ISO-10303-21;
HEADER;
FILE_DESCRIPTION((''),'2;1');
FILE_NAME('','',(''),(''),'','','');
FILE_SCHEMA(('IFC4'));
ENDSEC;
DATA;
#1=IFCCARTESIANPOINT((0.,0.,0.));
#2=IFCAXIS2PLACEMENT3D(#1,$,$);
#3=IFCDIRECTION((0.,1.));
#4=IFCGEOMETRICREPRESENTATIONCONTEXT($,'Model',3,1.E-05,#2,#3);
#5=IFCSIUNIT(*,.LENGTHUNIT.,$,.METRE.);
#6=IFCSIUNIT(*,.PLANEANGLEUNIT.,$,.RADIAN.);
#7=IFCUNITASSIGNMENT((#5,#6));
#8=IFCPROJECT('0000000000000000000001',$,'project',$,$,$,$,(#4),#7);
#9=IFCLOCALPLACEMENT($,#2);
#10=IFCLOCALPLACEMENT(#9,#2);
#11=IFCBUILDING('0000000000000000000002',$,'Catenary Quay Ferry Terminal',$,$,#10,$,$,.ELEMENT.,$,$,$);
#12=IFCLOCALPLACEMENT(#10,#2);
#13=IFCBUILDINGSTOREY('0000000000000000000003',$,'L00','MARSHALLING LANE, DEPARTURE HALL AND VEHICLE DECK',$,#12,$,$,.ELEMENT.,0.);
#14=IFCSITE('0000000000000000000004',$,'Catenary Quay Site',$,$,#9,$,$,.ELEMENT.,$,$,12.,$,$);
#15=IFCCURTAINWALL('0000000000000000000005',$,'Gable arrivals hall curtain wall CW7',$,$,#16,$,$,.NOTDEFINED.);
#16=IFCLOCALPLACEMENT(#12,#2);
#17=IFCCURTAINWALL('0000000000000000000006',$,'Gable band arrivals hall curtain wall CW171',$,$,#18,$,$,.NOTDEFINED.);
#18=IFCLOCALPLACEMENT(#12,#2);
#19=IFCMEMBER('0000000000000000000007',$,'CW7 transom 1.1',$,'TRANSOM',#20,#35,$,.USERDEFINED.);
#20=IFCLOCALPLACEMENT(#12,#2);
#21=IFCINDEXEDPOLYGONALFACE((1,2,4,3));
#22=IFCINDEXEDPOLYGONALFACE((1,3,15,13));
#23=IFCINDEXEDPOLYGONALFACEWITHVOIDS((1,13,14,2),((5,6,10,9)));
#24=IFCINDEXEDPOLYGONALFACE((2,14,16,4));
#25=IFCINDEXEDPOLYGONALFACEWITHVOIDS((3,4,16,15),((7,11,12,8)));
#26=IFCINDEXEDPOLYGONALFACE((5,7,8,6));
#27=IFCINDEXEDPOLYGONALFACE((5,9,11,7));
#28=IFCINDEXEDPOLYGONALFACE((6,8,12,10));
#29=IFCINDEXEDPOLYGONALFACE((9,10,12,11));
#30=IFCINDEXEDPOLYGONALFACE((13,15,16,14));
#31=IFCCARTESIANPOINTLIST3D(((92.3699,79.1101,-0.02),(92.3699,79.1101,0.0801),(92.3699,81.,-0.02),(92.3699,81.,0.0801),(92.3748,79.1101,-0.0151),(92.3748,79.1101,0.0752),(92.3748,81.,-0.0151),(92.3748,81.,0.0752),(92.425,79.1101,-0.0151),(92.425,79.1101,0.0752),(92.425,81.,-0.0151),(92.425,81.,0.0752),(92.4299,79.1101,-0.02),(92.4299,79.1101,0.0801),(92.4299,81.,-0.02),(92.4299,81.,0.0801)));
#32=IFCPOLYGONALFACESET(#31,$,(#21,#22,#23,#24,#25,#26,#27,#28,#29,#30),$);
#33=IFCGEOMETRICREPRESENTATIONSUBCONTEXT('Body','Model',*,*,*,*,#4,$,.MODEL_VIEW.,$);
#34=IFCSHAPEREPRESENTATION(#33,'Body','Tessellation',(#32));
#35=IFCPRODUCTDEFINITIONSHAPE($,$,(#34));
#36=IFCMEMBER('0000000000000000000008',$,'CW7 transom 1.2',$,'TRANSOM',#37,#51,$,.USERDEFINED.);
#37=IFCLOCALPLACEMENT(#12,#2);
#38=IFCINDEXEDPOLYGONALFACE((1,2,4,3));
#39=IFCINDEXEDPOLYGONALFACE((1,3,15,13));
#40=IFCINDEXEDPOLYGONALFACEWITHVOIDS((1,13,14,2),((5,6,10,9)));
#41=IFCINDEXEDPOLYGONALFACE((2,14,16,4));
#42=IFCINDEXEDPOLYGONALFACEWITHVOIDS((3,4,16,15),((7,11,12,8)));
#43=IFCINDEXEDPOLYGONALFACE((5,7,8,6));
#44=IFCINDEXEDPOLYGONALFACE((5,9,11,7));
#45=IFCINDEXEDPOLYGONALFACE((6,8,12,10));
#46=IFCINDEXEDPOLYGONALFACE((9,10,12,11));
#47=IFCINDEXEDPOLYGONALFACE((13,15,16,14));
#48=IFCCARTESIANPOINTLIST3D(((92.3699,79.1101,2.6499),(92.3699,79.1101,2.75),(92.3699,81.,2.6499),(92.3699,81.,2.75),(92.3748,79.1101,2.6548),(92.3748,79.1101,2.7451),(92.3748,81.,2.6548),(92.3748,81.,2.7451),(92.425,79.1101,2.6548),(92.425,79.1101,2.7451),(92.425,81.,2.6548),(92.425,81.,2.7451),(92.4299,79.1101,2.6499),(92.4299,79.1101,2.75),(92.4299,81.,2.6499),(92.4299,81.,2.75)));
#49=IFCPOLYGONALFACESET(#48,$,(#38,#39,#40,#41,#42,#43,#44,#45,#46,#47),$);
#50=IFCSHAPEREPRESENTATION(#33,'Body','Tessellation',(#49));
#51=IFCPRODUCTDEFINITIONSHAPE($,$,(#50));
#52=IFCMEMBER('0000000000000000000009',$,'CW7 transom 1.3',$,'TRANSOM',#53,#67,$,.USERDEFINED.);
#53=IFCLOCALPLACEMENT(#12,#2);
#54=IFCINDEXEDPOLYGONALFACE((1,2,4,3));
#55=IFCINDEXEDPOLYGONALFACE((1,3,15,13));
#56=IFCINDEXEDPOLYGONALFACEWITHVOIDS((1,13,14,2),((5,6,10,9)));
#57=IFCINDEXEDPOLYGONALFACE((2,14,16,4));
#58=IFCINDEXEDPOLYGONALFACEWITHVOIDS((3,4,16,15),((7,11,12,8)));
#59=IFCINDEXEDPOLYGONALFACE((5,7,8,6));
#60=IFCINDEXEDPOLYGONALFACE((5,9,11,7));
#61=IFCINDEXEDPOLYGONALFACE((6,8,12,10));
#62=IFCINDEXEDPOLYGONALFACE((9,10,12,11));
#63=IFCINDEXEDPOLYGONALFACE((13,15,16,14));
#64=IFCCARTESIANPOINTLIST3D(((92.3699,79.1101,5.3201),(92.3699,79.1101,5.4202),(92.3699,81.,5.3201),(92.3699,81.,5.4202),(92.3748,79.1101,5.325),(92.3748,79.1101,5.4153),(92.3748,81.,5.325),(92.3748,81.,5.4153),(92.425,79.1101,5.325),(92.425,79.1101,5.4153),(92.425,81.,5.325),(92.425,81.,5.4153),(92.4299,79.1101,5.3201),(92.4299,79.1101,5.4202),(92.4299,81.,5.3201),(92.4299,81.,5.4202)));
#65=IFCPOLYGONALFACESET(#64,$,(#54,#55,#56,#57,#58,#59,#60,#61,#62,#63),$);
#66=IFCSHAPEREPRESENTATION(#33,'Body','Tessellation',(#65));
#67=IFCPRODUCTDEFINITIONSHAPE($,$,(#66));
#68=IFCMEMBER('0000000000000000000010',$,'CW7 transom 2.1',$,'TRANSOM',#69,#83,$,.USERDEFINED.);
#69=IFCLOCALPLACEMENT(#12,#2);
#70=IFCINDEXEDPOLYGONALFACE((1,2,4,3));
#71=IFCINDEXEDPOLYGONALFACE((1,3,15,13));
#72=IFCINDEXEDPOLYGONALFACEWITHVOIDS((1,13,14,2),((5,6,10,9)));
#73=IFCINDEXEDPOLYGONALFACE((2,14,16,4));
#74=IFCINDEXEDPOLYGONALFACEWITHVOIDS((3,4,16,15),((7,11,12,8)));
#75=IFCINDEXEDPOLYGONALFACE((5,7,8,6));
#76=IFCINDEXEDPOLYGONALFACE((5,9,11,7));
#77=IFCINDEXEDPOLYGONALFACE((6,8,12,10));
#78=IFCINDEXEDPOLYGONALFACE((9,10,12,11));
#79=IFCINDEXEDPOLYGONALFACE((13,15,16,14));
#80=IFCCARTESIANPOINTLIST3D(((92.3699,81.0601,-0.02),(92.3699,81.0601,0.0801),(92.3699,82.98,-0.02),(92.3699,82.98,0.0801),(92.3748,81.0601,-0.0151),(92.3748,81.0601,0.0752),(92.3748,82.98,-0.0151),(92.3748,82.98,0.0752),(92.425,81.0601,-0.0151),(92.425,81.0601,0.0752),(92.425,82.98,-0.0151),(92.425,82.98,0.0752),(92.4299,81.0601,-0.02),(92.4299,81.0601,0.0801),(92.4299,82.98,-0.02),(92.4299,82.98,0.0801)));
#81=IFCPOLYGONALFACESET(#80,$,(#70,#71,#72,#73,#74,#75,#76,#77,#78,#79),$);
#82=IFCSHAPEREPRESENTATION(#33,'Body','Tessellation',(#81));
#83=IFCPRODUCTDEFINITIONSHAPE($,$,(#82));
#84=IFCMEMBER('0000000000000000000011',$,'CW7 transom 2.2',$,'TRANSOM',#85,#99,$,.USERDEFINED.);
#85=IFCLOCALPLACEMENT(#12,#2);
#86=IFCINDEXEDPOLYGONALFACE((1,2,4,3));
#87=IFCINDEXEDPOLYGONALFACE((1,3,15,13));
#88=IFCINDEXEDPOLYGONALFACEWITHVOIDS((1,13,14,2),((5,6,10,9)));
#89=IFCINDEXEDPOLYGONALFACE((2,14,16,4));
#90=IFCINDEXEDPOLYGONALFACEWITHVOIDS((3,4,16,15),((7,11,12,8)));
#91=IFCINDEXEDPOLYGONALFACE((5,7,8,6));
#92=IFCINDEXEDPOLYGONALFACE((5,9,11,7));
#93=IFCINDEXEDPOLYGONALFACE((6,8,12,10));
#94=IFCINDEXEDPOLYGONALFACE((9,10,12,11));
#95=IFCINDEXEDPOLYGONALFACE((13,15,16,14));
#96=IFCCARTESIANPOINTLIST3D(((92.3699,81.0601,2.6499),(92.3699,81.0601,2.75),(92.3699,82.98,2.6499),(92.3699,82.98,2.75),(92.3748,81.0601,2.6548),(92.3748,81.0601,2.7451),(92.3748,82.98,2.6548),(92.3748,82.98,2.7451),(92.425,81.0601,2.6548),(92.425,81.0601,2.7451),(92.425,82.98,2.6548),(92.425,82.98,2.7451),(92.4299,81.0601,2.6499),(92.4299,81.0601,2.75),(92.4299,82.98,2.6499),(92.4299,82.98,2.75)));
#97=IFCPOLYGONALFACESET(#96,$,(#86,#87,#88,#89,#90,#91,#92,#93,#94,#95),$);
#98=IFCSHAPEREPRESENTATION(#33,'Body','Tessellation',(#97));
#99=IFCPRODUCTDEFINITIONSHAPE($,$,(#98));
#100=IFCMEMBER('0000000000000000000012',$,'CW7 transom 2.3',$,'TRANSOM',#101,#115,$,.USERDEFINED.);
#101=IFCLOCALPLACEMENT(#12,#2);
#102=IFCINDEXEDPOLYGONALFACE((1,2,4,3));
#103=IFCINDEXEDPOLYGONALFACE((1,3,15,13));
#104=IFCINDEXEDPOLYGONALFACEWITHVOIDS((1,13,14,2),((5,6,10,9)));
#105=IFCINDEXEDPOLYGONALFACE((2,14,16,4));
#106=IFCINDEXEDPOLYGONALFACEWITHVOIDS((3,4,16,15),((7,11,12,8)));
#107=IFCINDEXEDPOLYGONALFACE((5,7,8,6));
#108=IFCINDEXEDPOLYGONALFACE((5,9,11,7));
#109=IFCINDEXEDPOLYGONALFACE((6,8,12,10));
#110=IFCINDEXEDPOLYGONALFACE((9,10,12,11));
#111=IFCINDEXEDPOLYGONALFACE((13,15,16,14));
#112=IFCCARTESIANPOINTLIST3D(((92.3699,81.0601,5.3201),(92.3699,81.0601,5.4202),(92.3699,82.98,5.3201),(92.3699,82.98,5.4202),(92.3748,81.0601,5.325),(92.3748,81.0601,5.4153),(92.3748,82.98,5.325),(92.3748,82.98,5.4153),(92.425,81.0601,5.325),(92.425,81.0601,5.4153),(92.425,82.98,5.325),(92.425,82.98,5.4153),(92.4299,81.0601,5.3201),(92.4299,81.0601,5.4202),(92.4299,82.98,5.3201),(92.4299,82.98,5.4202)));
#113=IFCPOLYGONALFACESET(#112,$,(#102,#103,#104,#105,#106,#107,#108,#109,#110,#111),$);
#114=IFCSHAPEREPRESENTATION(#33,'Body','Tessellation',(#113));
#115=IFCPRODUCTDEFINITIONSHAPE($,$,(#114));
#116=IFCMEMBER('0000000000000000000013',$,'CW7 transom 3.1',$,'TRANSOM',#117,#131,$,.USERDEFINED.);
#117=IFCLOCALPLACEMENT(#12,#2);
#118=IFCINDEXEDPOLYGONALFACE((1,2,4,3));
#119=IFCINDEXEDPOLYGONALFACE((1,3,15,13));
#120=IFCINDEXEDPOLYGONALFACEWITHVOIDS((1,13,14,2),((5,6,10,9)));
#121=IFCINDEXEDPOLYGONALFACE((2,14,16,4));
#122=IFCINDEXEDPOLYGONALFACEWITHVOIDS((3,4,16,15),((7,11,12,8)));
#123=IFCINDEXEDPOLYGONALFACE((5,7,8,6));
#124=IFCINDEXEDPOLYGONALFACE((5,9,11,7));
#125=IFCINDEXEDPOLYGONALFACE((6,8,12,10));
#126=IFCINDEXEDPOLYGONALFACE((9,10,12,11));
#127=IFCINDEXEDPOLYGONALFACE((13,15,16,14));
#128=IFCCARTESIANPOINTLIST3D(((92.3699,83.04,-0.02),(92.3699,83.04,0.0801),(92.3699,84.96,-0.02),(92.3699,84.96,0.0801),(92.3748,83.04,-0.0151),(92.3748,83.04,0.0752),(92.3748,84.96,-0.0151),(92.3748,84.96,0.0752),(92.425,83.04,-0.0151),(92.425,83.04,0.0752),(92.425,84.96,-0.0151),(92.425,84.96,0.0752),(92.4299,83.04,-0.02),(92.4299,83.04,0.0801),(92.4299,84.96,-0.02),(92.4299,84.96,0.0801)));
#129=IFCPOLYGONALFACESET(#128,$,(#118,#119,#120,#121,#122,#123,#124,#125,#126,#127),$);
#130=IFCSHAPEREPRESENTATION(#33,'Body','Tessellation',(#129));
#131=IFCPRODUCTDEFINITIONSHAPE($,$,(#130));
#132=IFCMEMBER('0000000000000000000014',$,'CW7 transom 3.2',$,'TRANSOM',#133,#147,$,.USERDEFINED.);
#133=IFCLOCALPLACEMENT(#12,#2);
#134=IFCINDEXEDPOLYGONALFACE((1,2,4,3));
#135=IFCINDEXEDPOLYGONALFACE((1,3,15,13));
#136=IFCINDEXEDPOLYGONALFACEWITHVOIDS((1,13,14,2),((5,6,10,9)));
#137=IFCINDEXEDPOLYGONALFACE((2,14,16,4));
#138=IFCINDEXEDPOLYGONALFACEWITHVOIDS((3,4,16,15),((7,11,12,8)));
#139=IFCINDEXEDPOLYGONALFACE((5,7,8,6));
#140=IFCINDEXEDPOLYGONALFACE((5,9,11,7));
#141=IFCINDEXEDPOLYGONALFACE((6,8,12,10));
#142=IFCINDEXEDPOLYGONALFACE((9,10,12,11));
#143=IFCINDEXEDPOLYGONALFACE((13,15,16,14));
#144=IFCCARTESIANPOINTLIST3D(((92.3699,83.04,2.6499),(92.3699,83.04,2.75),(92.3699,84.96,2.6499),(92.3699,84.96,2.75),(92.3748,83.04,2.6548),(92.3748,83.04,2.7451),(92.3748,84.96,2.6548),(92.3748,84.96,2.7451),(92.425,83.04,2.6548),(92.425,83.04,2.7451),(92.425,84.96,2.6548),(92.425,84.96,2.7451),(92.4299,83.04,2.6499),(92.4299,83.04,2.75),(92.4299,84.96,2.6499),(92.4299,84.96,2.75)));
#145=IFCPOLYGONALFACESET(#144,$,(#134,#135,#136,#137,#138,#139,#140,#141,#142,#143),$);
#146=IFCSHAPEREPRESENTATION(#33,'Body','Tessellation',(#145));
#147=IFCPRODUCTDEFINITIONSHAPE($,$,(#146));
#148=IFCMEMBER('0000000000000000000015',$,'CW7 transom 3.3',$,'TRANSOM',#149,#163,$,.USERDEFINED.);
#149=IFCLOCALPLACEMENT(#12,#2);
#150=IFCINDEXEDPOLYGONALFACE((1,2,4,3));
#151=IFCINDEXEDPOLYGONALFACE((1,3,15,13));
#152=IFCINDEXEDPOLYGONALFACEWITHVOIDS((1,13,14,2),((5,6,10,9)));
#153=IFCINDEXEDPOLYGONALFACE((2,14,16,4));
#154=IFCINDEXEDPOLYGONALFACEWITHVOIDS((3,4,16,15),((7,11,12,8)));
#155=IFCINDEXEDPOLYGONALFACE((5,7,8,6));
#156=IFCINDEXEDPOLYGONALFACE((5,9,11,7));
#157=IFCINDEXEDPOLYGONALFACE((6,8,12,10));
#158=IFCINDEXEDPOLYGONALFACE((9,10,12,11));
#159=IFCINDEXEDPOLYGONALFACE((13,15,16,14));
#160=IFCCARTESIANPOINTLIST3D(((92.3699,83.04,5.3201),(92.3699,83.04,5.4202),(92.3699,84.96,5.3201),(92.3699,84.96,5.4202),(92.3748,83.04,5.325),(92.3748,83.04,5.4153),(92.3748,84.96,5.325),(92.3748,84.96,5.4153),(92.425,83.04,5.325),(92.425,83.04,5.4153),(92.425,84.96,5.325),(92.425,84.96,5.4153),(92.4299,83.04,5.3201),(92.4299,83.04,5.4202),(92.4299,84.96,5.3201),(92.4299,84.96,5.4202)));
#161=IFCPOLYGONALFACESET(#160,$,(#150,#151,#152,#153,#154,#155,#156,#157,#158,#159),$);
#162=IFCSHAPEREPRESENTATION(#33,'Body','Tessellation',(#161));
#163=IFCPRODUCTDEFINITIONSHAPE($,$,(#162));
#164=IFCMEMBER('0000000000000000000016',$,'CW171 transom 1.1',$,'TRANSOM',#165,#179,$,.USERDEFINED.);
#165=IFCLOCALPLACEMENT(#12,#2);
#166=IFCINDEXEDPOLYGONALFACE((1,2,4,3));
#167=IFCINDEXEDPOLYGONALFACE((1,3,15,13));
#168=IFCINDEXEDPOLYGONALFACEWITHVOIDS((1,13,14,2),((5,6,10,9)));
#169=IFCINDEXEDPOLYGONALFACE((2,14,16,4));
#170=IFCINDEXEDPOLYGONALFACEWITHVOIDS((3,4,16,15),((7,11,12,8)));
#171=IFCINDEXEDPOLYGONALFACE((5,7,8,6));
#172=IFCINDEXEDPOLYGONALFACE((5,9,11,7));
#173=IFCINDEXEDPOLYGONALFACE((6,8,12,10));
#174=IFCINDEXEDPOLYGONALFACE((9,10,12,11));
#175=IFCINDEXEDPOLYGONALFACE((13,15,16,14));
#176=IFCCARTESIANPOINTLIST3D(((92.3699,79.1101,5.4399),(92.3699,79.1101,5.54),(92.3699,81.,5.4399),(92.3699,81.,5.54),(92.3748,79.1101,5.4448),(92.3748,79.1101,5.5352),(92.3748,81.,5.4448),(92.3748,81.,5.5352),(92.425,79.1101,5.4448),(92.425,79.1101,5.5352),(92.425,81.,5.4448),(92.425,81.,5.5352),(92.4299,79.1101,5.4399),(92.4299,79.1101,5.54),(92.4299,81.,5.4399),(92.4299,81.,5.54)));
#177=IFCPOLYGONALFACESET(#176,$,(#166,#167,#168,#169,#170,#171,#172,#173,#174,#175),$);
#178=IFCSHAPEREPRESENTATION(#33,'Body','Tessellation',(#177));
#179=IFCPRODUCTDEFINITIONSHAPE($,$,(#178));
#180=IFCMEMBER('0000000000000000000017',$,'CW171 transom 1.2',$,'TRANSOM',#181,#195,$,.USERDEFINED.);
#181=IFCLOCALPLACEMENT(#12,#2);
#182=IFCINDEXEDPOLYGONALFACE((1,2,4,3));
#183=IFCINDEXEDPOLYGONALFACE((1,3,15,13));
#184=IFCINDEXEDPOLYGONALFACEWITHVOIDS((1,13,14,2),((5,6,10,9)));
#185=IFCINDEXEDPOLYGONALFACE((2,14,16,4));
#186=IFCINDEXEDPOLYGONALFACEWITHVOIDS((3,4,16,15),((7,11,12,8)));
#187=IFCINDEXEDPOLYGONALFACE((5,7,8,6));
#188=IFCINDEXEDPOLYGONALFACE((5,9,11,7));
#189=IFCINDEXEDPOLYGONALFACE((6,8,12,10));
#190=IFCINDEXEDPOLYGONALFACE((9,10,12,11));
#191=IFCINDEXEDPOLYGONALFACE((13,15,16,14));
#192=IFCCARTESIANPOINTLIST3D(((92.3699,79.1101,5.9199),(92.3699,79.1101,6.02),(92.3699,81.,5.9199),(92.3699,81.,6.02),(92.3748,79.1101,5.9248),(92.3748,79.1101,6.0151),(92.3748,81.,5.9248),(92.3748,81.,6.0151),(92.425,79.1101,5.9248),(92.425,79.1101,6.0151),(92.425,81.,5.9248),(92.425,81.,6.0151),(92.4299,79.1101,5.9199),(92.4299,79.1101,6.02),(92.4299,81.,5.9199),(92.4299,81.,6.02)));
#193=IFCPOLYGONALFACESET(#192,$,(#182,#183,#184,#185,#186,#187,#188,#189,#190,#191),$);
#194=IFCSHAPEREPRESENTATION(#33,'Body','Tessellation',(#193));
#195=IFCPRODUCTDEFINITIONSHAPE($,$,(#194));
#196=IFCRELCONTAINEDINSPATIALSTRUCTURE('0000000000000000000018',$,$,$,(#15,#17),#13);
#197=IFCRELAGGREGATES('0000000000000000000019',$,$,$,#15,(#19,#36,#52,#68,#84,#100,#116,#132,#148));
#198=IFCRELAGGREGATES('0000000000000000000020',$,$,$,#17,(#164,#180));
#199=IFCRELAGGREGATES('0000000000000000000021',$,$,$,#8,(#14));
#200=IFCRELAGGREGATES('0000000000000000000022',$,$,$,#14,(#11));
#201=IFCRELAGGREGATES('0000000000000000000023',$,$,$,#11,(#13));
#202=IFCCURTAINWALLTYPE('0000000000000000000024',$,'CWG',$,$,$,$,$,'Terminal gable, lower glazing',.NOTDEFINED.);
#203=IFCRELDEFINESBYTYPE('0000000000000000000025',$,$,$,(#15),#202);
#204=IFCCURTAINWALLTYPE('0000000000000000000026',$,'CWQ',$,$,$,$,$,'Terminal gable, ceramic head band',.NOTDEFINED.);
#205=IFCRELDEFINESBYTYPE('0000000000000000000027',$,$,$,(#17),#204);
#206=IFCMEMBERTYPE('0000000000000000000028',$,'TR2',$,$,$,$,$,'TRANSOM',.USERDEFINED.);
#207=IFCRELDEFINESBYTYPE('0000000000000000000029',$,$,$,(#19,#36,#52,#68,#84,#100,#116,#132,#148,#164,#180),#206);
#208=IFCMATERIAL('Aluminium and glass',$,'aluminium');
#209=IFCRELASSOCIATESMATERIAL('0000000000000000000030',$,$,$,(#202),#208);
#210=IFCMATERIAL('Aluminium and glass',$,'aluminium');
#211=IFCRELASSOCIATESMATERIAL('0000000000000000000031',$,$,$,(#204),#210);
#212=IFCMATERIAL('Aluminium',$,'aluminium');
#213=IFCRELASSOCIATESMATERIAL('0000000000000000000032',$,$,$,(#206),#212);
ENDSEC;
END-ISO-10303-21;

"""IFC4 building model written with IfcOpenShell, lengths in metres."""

from ifc_helpers import new_model, si_unit, direction, frame, origin, origin_2d, place, context, subcontext, project, spatial, hollow_rectangle, extrude, material, material_profile, profile_set, type_object, element, aggregate, save


model = new_model("IFC4")

# Units and contexts
model_context = context("Model", 3, precision=1e-05, world=origin(), true_north=direction((0.0, 1.0)))
body_context = subcontext(model_context, "Body", "Model", "MODEL_VIEW")
ifc_project = project(units=[si_unit("LENGTHUNIT", "METRE"), si_unit("PLANEANGLEUNIT", "RADIAN")], contexts=[model_context])

# Site, building, storey
site_placement = place(None, origin())
site = spatial("IfcSite", under=ifc_project, at=site_placement, Name="Catenary Quay Site", CompositionType="ELEMENT", RefElevation=12.0)
building_placement = place(site_placement, origin())
building = spatial("IfcBuilding", under=site, at=building_placement, Name="Catenary Quay Ferry Terminal", CompositionType="ELEMENT")
storey_placement = place(building_placement, origin())
storey = spatial("IfcBuildingStorey", under=building, at=storey_placement, Name="L00", Description="MARSHALLING LANE, DEPARTURE HALL AND VEHICLE DECK", CompositionType="ELEMENT", Elevation=0.0)

# Curtain walls
ifc_material_1 = material(Name="Aluminium and glass", Category="aluminium")
curtain_wall_type_1 = type_object("IfcCurtainWallType", Name="CWG", ElementType="Terminal gable, lower glazing", PredefinedType="NOTDEFINED", material=ifc_material_1)
curtain_wall_1_placement = place(storey_placement, origin())
curtain_wall_1 = element("IfcCurtainWall", 1, at=curtain_wall_1_placement, inside=storey, type_object=curtain_wall_type_1, Name="Gable arrivals hall curtain wall CW7", PredefinedType="NOTDEFINED")
ifc_material_2 = material(Name="Aluminium and glass", Category="aluminium")
curtain_wall_type_2 = type_object("IfcCurtainWallType", Name="CWQ", ElementType="Terminal gable, ceramic head band", PredefinedType="NOTDEFINED", material=ifc_material_2)
curtain_wall_2_placement = place(storey_placement, origin())
curtain_wall_2 = element("IfcCurtainWall", 2, at=curtain_wall_2_placement, inside=storey, type_object=curtain_wall_type_2, Name="Gable band arrivals hall curtain wall CW171", PredefinedType="NOTDEFINED")

# Members
ifc_material_3 = material(Name="Aluminium", Category="aluminium")
ifc_material_profile_1 = material_profile(ifc_material_3, hollow_rectangle(XDim=0.0601, YDim=0.1001, WallThickness=0.0049, at=origin_2d()), Name="TR2")
ifc_profile_set_1 = profile_set([ifc_material_profile_1], Name="Aluminium")
member_type_1 = type_object("IfcMemberType", Name="TR2", ElementType="TRANSOM", PredefinedType="USERDEFINED", material=ifc_profile_set_1)
member_1_placement = place(storey_placement, frame((92.3999, 79.1101, 0.03), z_axis=(0.0, 1.0, 0.0), x_axis=(-1.0, 0.0, 0.0)))
member_1 = element("IfcMember", 3, at=member_1_placement, type_object=member_type_1, Name="CW7 transom 1.1", ObjectType="TRANSOM", PredefinedType="USERDEFINED", context=body_context, shape_type="SweptSolid", body=[
    extrude(hollow_rectangle(XDim=0.0601, YDim=0.1001, WallThickness=0.0049, at=origin_2d()), origin(), (0.0, 0.0, 1.0), 1.8899),
])
member_2_placement = place(storey_placement, frame((92.3999, 79.1101, 2.7), z_axis=(0.0, 1.0, 0.0), x_axis=(-1.0, 0.0, 0.0)))
member_2 = element("IfcMember", 4, at=member_2_placement, type_object=member_type_1, Name="CW7 transom 1.2", ObjectType="TRANSOM", PredefinedType="USERDEFINED", context=body_context, shape_type="SweptSolid", body=[
    extrude(hollow_rectangle(XDim=0.0601, YDim=0.1001, WallThickness=0.0049, at=origin_2d()), origin(), (0.0, 0.0, 1.0), 1.8899),
])
member_3_placement = place(storey_placement, frame((92.3999, 79.1101, 5.3701), z_axis=(0.0, 1.0, 0.0), x_axis=(-1.0, 0.0, 0.0)))
member_3 = element("IfcMember", 5, at=member_3_placement, type_object=member_type_1, Name="CW7 transom 1.3", ObjectType="TRANSOM", PredefinedType="USERDEFINED", context=body_context, shape_type="SweptSolid", body=[
    extrude(hollow_rectangle(XDim=0.0601, YDim=0.1001, WallThickness=0.0049, at=origin_2d()), origin(), (0.0, 0.0, 1.0), 1.8899),
])
member_4_placement = place(storey_placement, frame((92.3999, 81.0601, 0.03), z_axis=(0.0, 1.0, 0.0), x_axis=(-1.0, 0.0, 0.0)))
member_4 = element("IfcMember", 6, at=member_4_placement, type_object=member_type_1, Name="CW7 transom 2.1", ObjectType="TRANSOM", PredefinedType="USERDEFINED", context=body_context, shape_type="SweptSolid", body=[
    extrude(hollow_rectangle(XDim=0.0601, YDim=0.1001, WallThickness=0.0049, at=origin_2d()), origin(), (0.0, 0.0, 1.0), 1.9199),
])
member_5_placement = place(storey_placement, frame((92.3999, 81.0601, 2.7), z_axis=(0.0, 1.0, 0.0), x_axis=(-1.0, 0.0, 0.0)))
member_5 = element("IfcMember", 7, at=member_5_placement, type_object=member_type_1, Name="CW7 transom 2.2", ObjectType="TRANSOM", PredefinedType="USERDEFINED", context=body_context, shape_type="SweptSolid", body=[
    extrude(hollow_rectangle(XDim=0.0601, YDim=0.1001, WallThickness=0.0049, at=origin_2d()), origin(), (0.0, 0.0, 1.0), 1.9199),
])
member_6_placement = place(storey_placement, frame((92.3999, 81.0601, 5.3701), z_axis=(0.0, 1.0, 0.0), x_axis=(-1.0, 0.0, 0.0)))
member_6 = element("IfcMember", 8, at=member_6_placement, type_object=member_type_1, Name="CW7 transom 2.3", ObjectType="TRANSOM", PredefinedType="USERDEFINED", context=body_context, shape_type="SweptSolid", body=[
    extrude(hollow_rectangle(XDim=0.0601, YDim=0.1001, WallThickness=0.0049, at=origin_2d()), origin(), (0.0, 0.0, 1.0), 1.9199),
])
member_7_placement = place(storey_placement, frame((92.3999, 83.04, 0.03), z_axis=(0.0, 1.0, 0.0), x_axis=(-1.0, 0.0, 0.0)))
member_7 = element("IfcMember", 9, at=member_7_placement, type_object=member_type_1, Name="CW7 transom 3.1", ObjectType="TRANSOM", PredefinedType="USERDEFINED", context=body_context, shape_type="SweptSolid", body=[
    extrude(hollow_rectangle(XDim=0.0601, YDim=0.1001, WallThickness=0.0049, at=origin_2d()), origin(), (0.0, 0.0, 1.0), 1.9199),
])
member_8_placement = place(storey_placement, frame((92.3999, 83.04, 2.7), z_axis=(0.0, 1.0, 0.0), x_axis=(-1.0, 0.0, 0.0)))
member_8 = element("IfcMember", 10, at=member_8_placement, type_object=member_type_1, Name="CW7 transom 3.2", ObjectType="TRANSOM", PredefinedType="USERDEFINED", context=body_context, shape_type="SweptSolid", body=[
    extrude(hollow_rectangle(XDim=0.0601, YDim=0.1001, WallThickness=0.0049, at=origin_2d()), origin(), (0.0, 0.0, 1.0), 1.9199),
])
member_9_placement = place(storey_placement, frame((92.3999, 83.04, 5.3701), z_axis=(0.0, 1.0, 0.0), x_axis=(-1.0, 0.0, 0.0)))
member_9 = element("IfcMember", 11, at=member_9_placement, type_object=member_type_1, Name="CW7 transom 3.3", ObjectType="TRANSOM", PredefinedType="USERDEFINED", context=body_context, shape_type="SweptSolid", body=[
    extrude(hollow_rectangle(XDim=0.0601, YDim=0.1001, WallThickness=0.0049, at=origin_2d()), origin(), (0.0, 0.0, 1.0), 1.9199),
])
member_10_placement = place(storey_placement, frame((92.3999, 79.1101, 5.49), z_axis=(0.0, 1.0, 0.0), x_axis=(-1.0, 0.0, 0.0)))
member_10 = element("IfcMember", 12, at=member_10_placement, type_object=member_type_1, Name="CW171 transom 1.1", ObjectType="TRANSOM", PredefinedType="USERDEFINED", context=body_context, shape_type="SweptSolid", body=[
    extrude(hollow_rectangle(XDim=0.0601, YDim=0.1001, WallThickness=0.0049, at=origin_2d()), origin(), (0.0, 0.0, 1.0), 1.8899),
])
member_11_placement = place(storey_placement, frame((92.3999, 79.1101, 5.97), z_axis=(0.0, 1.0, 0.0), x_axis=(-1.0, 0.0, 0.0)))
member_11 = element("IfcMember", 13, at=member_11_placement, type_object=member_type_1, Name="CW171 transom 1.2", ObjectType="TRANSOM", PredefinedType="USERDEFINED", context=body_context, shape_type="SweptSolid", body=[
    extrude(hollow_rectangle(XDim=0.0601, YDim=0.1001, WallThickness=0.0049, at=origin_2d()), origin(), (0.0, 0.0, 1.0), 1.8899),
])

aggregate(curtain_wall_1, [member_1, member_2, member_3, member_4, member_5, member_6, member_7, member_8, member_9])
aggregate(curtain_wall_2, [member_10, member_11])

save(model, "model.ifc")
